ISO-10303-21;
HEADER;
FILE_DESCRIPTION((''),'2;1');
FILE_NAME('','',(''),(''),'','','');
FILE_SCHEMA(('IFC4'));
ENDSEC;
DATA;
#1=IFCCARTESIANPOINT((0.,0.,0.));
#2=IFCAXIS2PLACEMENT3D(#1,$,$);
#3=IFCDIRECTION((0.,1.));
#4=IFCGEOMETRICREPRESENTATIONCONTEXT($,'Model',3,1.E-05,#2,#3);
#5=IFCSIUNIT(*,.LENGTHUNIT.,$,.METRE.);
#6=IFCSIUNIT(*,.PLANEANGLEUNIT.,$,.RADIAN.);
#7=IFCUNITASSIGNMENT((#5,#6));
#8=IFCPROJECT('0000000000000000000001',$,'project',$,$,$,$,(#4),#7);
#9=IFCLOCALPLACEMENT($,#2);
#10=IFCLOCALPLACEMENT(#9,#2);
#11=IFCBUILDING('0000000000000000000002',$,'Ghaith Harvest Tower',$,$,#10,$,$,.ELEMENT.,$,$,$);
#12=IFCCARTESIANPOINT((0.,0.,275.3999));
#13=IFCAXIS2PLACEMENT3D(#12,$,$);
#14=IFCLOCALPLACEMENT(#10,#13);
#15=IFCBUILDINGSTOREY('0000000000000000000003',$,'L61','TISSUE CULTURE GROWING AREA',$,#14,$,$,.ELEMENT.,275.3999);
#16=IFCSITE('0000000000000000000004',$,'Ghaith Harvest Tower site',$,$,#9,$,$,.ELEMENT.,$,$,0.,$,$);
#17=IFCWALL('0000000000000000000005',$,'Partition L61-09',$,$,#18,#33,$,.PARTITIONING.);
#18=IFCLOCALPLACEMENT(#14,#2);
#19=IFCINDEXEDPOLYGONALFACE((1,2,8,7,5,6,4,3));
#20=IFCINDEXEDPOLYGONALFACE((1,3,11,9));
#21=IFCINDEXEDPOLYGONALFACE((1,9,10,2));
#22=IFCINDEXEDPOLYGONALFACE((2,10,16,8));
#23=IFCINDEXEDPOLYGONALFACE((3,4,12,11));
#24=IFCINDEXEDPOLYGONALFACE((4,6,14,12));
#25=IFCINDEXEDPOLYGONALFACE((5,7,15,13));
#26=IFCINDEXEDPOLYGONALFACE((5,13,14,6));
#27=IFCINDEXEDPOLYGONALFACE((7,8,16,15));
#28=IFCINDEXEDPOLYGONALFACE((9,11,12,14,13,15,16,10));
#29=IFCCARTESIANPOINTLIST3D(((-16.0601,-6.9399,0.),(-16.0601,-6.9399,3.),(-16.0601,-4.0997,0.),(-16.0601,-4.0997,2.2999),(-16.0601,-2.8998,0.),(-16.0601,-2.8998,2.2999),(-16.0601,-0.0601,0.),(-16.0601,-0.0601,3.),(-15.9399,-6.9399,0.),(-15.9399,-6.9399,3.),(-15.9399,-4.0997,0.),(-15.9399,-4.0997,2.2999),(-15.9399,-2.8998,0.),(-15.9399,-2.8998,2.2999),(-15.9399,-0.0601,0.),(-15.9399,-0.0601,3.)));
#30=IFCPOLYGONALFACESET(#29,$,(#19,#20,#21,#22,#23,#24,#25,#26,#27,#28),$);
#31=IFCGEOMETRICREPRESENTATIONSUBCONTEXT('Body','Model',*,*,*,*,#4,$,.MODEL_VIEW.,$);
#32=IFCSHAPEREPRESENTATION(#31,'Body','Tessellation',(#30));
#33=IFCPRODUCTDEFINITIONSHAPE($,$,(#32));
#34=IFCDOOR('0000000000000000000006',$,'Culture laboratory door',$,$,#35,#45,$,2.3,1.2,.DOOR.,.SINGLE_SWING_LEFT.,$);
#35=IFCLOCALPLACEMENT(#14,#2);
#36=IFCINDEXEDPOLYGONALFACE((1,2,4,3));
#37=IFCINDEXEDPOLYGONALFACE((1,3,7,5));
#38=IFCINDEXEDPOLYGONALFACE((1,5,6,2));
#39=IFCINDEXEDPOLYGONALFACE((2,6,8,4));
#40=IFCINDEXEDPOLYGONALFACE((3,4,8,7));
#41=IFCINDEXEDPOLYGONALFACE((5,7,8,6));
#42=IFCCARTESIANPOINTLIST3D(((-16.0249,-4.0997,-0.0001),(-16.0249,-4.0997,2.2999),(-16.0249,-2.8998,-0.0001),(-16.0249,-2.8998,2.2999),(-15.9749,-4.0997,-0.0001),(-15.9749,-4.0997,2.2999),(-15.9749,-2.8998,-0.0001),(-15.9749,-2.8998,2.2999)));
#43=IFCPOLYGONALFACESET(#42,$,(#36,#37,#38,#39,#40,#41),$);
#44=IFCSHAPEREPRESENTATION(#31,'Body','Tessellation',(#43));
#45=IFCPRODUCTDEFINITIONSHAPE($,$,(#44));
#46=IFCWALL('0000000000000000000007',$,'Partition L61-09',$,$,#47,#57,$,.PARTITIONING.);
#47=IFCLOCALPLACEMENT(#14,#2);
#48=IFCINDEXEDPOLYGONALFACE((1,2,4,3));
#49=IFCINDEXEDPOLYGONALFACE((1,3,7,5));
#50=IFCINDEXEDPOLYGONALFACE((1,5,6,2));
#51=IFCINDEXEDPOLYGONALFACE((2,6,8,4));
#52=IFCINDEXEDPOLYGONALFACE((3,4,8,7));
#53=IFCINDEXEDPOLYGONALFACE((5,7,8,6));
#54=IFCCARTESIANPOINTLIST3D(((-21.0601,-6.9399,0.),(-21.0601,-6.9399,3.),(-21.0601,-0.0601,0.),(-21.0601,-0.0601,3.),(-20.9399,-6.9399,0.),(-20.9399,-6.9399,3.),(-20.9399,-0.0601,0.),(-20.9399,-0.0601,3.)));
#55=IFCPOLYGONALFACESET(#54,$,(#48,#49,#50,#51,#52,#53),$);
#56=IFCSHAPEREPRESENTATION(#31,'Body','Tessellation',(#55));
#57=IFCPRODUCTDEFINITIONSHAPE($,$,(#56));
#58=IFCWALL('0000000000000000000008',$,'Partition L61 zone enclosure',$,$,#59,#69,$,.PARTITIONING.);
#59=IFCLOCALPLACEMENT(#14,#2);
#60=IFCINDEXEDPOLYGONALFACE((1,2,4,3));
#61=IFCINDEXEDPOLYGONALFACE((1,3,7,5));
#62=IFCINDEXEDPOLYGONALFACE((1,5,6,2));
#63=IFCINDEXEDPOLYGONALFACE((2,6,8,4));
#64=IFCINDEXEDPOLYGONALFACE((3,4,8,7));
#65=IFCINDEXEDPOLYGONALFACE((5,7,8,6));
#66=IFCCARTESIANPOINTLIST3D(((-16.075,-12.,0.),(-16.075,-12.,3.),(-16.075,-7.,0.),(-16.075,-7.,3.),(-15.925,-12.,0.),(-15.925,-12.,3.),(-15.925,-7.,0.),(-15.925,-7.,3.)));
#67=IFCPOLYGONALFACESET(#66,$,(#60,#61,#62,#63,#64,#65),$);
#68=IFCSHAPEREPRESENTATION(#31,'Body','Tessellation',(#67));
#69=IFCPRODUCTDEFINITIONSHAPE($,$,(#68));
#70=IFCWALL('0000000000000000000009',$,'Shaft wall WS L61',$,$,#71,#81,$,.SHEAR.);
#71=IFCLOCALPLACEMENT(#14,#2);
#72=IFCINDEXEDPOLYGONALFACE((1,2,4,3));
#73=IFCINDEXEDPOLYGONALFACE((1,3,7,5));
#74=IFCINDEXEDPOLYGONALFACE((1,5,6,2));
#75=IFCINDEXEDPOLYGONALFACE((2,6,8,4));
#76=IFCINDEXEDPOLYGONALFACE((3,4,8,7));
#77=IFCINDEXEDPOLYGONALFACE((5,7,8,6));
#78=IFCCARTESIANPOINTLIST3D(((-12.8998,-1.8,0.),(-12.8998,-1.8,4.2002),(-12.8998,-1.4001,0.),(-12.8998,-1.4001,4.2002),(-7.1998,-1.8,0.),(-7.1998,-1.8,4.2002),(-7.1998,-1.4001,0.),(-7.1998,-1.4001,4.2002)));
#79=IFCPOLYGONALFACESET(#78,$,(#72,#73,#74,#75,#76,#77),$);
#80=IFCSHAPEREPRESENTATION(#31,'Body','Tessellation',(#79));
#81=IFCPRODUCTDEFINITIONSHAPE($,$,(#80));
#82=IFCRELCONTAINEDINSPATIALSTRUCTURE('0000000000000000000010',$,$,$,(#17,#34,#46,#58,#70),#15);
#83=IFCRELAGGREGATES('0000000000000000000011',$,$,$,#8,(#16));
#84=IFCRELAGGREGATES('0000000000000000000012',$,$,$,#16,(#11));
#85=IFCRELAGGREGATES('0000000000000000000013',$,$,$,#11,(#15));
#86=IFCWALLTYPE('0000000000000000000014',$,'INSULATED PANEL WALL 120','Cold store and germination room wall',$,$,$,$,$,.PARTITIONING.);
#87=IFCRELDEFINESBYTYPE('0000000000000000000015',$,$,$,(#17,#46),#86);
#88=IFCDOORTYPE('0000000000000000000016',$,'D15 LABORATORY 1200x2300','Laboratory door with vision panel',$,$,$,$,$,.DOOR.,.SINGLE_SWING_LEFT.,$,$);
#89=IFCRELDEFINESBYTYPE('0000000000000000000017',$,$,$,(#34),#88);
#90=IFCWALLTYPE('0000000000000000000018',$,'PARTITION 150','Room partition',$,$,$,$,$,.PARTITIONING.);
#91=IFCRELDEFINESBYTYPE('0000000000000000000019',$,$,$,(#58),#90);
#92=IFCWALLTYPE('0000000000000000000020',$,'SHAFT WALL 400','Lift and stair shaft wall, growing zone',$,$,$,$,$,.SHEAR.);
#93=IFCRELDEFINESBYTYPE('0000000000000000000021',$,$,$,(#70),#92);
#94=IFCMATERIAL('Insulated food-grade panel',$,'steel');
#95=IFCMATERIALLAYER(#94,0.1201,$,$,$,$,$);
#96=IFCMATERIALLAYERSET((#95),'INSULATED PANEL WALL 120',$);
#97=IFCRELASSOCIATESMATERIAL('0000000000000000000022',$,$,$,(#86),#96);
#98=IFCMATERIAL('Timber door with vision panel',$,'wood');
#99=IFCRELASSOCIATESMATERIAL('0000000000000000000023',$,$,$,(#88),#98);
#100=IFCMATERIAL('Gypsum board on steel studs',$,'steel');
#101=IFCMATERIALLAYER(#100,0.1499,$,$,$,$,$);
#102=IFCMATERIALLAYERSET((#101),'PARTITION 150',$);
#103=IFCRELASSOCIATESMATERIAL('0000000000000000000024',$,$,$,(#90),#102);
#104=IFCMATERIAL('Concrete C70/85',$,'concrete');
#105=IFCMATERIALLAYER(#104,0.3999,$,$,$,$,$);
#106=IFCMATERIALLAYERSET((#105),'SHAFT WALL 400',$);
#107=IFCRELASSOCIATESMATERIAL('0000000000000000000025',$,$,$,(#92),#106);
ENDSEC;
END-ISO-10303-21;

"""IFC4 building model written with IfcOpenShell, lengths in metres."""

from ifc_helpers import new_model, si_unit, direction, frame, frame_2d, origin, place, context, subcontext, project, spatial, rectangle, extrude, material, layer, layer_set, type_object, element, fill, save


model = new_model("IFC4")

# Units and contexts
model_context = context("Model", 3, precision=1e-05, world=origin(), true_north=direction((0.0, 1.0)))
body_context = subcontext(model_context, "Body", "Model", "MODEL_VIEW")
ifc_project = project(units=[si_unit("LENGTHUNIT", "METRE"), si_unit("PLANEANGLEUNIT", "RADIAN")], contexts=[model_context])

# Site, building, storey
site_placement = place(None, origin())
site = spatial("IfcSite", under=ifc_project, at=site_placement, Name="Ghaith Harvest Tower site", CompositionType="ELEMENT", RefElevation=0.0)
building_placement = place(site_placement, origin())
building = spatial("IfcBuilding", under=site, at=building_placement, Name="Ghaith Harvest Tower", CompositionType="ELEMENT")
storey_placement = place(building_placement, frame((0.0, 0.0, 275.3999)))
storey = spatial("IfcBuildingStorey", under=building, at=storey_placement, Name="L61", Description="TISSUE CULTURE GROWING AREA", CompositionType="ELEMENT", Elevation=275.3999)

# Shared definitions
ifc_material_1 = material(Name="Insulated food-grade panel", Category="steel")
ifc_layer_1 = layer(ifc_material_1, 0.1201)
ifc_layer_set_1 = layer_set([ifc_layer_1], Name="INSULATED PANEL WALL 120")
wall_type_1 = type_object("IfcWallType", Name="INSULATED PANEL WALL 120", Description="Cold store and germination room wall", PredefinedType="PARTITIONING", material=ifc_layer_set_1)

# Wall, opening, door
wall_1_placement = place(storey_placement, frame((-16.0, -6.9399, 0.0), z_axis=(0.0, 0.0, 1.0), x_axis=(0.0, 1.0, 0.0)))
wall_1 = element("IfcWall", 1, at=wall_1_placement, inside=storey, type_object=wall_type_1, Name="Partition L61-09", PredefinedType="PARTITIONING", context=body_context, shape_type="SweptSolid", body=[
    extrude(rectangle(XDim=6.8799, YDim=0.1201, at=frame_2d((3.4399, 0.0))), origin(), (0.0, 0.0, 1.0), 3.0),
])
opening_placement = place(wall_1_placement, frame((2.8401, 0.0, 0.0)))
opening = element("IfcOpeningElement", 2, at=opening_placement, cuts=wall_1, PredefinedType="OPENING", context=body_context, shape_type="SweptSolid", body=[
    extrude(rectangle(XDim=1.2, YDim=2.3, at=frame_2d((0.6001, 1.1499))), frame((0.0, 0.0701, 0.0), z_axis=(0.0, -1.0, 0.0), x_axis=(1.0, 0.0, 0.0)), (0.0, 0.0, 1.0), 0.1401),
])
ifc_material_2 = material(Name="Timber door with vision panel", Category="wood")
door_type = type_object("IfcDoorType", Name="D15 LABORATORY 1200x2300", Description="Laboratory door with vision panel", OperationType="SINGLE_SWING_LEFT", PredefinedType="DOOR", material=ifc_material_2)
door_placement = place(opening_placement, origin())
door = element("IfcDoor", 3, at=door_placement, inside=storey, type_object=door_type, Name="Culture laboratory door", OperationType="SINGLE_SWING_LEFT", OverallHeight=2.3, OverallWidth=1.2, PredefinedType="DOOR", context=body_context, shape_type="SweptSolid", body=[
    extrude(rectangle(XDim=1.2, YDim=2.3, at=frame_2d((0.6001, 1.1499))), frame((0.0, 0.0249, 0.0), z_axis=(0.0, -1.0, 0.0), x_axis=(1.0, 0.0, 0.0)), (0.0, 0.0, 1.0), 0.05),
])
fill(opening, door)

# Walls
wall_2_placement = place(storey_placement, frame((-21.0, -6.9399, 0.0), z_axis=(0.0, 0.0, 1.0), x_axis=(0.0, 1.0, 0.0)))
element("IfcWall", 4, at=wall_2_placement, inside=storey, type_object=wall_type_1, Name="Partition L61-09", PredefinedType="PARTITIONING", context=body_context, shape_type="SweptSolid", body=[
    extrude(rectangle(XDim=6.8799, YDim=0.1201, at=frame_2d((3.4399, 0.0))), origin(), (0.0, 0.0, 1.0), 3.0),
])
ifc_material_3 = material(Name="Gypsum board on steel studs", Category="steel")
ifc_layer_2 = layer(ifc_material_3, 0.1499)
ifc_layer_set_2 = layer_set([ifc_layer_2], Name="PARTITION 150")
wall_type_2 = type_object("IfcWallType", Name="PARTITION 150", Description="Room partition", PredefinedType="PARTITIONING", material=ifc_layer_set_2)
wall_3_placement = place(storey_placement, frame((-16.0, -7.0, 0.0), z_axis=(0.0, 0.0, 1.0), x_axis=(0.0, -1.0, 0.0)))
element("IfcWall", 5, at=wall_3_placement, inside=storey, type_object=wall_type_2, Name="Partition L61 zone enclosure", PredefinedType="PARTITIONING", context=body_context, shape_type="SweptSolid", body=[
    extrude(rectangle(XDim=5.0, YDim=0.1499, at=frame_2d((2.5, 0.0))), origin(), (0.0, 0.0, 1.0), 3.0),
])
ifc_material_4 = material(Name="Concrete C70/85", Category="concrete")
ifc_layer_3 = layer(ifc_material_4, 0.3999)
ifc_layer_set_3 = layer_set([ifc_layer_3], Name="SHAFT WALL 400")
wall_type_3 = type_object("IfcWallType", Name="SHAFT WALL 400", Description="Lift and stair shaft wall, growing zone", PredefinedType="SHEAR", material=ifc_layer_set_3)
wall_4_placement = place(storey_placement, frame((-12.8999, -1.6001, 0.0), z_axis=(0.0, 0.0, 1.0), x_axis=(1.0, 0.0, 0.0)))
element("IfcWall", 6, at=wall_4_placement, inside=storey, type_object=wall_type_3, Name="Shaft wall WS L61", PredefinedType="SHEAR", context=body_context, shape_type="SweptSolid", body=[
    extrude(rectangle(XDim=5.7, YDim=0.3999, at=frame_2d((2.8501, 0.0))), origin(), (0.0, 0.0, 1.0), 4.2002),
])

save(model, "model.ifc")
